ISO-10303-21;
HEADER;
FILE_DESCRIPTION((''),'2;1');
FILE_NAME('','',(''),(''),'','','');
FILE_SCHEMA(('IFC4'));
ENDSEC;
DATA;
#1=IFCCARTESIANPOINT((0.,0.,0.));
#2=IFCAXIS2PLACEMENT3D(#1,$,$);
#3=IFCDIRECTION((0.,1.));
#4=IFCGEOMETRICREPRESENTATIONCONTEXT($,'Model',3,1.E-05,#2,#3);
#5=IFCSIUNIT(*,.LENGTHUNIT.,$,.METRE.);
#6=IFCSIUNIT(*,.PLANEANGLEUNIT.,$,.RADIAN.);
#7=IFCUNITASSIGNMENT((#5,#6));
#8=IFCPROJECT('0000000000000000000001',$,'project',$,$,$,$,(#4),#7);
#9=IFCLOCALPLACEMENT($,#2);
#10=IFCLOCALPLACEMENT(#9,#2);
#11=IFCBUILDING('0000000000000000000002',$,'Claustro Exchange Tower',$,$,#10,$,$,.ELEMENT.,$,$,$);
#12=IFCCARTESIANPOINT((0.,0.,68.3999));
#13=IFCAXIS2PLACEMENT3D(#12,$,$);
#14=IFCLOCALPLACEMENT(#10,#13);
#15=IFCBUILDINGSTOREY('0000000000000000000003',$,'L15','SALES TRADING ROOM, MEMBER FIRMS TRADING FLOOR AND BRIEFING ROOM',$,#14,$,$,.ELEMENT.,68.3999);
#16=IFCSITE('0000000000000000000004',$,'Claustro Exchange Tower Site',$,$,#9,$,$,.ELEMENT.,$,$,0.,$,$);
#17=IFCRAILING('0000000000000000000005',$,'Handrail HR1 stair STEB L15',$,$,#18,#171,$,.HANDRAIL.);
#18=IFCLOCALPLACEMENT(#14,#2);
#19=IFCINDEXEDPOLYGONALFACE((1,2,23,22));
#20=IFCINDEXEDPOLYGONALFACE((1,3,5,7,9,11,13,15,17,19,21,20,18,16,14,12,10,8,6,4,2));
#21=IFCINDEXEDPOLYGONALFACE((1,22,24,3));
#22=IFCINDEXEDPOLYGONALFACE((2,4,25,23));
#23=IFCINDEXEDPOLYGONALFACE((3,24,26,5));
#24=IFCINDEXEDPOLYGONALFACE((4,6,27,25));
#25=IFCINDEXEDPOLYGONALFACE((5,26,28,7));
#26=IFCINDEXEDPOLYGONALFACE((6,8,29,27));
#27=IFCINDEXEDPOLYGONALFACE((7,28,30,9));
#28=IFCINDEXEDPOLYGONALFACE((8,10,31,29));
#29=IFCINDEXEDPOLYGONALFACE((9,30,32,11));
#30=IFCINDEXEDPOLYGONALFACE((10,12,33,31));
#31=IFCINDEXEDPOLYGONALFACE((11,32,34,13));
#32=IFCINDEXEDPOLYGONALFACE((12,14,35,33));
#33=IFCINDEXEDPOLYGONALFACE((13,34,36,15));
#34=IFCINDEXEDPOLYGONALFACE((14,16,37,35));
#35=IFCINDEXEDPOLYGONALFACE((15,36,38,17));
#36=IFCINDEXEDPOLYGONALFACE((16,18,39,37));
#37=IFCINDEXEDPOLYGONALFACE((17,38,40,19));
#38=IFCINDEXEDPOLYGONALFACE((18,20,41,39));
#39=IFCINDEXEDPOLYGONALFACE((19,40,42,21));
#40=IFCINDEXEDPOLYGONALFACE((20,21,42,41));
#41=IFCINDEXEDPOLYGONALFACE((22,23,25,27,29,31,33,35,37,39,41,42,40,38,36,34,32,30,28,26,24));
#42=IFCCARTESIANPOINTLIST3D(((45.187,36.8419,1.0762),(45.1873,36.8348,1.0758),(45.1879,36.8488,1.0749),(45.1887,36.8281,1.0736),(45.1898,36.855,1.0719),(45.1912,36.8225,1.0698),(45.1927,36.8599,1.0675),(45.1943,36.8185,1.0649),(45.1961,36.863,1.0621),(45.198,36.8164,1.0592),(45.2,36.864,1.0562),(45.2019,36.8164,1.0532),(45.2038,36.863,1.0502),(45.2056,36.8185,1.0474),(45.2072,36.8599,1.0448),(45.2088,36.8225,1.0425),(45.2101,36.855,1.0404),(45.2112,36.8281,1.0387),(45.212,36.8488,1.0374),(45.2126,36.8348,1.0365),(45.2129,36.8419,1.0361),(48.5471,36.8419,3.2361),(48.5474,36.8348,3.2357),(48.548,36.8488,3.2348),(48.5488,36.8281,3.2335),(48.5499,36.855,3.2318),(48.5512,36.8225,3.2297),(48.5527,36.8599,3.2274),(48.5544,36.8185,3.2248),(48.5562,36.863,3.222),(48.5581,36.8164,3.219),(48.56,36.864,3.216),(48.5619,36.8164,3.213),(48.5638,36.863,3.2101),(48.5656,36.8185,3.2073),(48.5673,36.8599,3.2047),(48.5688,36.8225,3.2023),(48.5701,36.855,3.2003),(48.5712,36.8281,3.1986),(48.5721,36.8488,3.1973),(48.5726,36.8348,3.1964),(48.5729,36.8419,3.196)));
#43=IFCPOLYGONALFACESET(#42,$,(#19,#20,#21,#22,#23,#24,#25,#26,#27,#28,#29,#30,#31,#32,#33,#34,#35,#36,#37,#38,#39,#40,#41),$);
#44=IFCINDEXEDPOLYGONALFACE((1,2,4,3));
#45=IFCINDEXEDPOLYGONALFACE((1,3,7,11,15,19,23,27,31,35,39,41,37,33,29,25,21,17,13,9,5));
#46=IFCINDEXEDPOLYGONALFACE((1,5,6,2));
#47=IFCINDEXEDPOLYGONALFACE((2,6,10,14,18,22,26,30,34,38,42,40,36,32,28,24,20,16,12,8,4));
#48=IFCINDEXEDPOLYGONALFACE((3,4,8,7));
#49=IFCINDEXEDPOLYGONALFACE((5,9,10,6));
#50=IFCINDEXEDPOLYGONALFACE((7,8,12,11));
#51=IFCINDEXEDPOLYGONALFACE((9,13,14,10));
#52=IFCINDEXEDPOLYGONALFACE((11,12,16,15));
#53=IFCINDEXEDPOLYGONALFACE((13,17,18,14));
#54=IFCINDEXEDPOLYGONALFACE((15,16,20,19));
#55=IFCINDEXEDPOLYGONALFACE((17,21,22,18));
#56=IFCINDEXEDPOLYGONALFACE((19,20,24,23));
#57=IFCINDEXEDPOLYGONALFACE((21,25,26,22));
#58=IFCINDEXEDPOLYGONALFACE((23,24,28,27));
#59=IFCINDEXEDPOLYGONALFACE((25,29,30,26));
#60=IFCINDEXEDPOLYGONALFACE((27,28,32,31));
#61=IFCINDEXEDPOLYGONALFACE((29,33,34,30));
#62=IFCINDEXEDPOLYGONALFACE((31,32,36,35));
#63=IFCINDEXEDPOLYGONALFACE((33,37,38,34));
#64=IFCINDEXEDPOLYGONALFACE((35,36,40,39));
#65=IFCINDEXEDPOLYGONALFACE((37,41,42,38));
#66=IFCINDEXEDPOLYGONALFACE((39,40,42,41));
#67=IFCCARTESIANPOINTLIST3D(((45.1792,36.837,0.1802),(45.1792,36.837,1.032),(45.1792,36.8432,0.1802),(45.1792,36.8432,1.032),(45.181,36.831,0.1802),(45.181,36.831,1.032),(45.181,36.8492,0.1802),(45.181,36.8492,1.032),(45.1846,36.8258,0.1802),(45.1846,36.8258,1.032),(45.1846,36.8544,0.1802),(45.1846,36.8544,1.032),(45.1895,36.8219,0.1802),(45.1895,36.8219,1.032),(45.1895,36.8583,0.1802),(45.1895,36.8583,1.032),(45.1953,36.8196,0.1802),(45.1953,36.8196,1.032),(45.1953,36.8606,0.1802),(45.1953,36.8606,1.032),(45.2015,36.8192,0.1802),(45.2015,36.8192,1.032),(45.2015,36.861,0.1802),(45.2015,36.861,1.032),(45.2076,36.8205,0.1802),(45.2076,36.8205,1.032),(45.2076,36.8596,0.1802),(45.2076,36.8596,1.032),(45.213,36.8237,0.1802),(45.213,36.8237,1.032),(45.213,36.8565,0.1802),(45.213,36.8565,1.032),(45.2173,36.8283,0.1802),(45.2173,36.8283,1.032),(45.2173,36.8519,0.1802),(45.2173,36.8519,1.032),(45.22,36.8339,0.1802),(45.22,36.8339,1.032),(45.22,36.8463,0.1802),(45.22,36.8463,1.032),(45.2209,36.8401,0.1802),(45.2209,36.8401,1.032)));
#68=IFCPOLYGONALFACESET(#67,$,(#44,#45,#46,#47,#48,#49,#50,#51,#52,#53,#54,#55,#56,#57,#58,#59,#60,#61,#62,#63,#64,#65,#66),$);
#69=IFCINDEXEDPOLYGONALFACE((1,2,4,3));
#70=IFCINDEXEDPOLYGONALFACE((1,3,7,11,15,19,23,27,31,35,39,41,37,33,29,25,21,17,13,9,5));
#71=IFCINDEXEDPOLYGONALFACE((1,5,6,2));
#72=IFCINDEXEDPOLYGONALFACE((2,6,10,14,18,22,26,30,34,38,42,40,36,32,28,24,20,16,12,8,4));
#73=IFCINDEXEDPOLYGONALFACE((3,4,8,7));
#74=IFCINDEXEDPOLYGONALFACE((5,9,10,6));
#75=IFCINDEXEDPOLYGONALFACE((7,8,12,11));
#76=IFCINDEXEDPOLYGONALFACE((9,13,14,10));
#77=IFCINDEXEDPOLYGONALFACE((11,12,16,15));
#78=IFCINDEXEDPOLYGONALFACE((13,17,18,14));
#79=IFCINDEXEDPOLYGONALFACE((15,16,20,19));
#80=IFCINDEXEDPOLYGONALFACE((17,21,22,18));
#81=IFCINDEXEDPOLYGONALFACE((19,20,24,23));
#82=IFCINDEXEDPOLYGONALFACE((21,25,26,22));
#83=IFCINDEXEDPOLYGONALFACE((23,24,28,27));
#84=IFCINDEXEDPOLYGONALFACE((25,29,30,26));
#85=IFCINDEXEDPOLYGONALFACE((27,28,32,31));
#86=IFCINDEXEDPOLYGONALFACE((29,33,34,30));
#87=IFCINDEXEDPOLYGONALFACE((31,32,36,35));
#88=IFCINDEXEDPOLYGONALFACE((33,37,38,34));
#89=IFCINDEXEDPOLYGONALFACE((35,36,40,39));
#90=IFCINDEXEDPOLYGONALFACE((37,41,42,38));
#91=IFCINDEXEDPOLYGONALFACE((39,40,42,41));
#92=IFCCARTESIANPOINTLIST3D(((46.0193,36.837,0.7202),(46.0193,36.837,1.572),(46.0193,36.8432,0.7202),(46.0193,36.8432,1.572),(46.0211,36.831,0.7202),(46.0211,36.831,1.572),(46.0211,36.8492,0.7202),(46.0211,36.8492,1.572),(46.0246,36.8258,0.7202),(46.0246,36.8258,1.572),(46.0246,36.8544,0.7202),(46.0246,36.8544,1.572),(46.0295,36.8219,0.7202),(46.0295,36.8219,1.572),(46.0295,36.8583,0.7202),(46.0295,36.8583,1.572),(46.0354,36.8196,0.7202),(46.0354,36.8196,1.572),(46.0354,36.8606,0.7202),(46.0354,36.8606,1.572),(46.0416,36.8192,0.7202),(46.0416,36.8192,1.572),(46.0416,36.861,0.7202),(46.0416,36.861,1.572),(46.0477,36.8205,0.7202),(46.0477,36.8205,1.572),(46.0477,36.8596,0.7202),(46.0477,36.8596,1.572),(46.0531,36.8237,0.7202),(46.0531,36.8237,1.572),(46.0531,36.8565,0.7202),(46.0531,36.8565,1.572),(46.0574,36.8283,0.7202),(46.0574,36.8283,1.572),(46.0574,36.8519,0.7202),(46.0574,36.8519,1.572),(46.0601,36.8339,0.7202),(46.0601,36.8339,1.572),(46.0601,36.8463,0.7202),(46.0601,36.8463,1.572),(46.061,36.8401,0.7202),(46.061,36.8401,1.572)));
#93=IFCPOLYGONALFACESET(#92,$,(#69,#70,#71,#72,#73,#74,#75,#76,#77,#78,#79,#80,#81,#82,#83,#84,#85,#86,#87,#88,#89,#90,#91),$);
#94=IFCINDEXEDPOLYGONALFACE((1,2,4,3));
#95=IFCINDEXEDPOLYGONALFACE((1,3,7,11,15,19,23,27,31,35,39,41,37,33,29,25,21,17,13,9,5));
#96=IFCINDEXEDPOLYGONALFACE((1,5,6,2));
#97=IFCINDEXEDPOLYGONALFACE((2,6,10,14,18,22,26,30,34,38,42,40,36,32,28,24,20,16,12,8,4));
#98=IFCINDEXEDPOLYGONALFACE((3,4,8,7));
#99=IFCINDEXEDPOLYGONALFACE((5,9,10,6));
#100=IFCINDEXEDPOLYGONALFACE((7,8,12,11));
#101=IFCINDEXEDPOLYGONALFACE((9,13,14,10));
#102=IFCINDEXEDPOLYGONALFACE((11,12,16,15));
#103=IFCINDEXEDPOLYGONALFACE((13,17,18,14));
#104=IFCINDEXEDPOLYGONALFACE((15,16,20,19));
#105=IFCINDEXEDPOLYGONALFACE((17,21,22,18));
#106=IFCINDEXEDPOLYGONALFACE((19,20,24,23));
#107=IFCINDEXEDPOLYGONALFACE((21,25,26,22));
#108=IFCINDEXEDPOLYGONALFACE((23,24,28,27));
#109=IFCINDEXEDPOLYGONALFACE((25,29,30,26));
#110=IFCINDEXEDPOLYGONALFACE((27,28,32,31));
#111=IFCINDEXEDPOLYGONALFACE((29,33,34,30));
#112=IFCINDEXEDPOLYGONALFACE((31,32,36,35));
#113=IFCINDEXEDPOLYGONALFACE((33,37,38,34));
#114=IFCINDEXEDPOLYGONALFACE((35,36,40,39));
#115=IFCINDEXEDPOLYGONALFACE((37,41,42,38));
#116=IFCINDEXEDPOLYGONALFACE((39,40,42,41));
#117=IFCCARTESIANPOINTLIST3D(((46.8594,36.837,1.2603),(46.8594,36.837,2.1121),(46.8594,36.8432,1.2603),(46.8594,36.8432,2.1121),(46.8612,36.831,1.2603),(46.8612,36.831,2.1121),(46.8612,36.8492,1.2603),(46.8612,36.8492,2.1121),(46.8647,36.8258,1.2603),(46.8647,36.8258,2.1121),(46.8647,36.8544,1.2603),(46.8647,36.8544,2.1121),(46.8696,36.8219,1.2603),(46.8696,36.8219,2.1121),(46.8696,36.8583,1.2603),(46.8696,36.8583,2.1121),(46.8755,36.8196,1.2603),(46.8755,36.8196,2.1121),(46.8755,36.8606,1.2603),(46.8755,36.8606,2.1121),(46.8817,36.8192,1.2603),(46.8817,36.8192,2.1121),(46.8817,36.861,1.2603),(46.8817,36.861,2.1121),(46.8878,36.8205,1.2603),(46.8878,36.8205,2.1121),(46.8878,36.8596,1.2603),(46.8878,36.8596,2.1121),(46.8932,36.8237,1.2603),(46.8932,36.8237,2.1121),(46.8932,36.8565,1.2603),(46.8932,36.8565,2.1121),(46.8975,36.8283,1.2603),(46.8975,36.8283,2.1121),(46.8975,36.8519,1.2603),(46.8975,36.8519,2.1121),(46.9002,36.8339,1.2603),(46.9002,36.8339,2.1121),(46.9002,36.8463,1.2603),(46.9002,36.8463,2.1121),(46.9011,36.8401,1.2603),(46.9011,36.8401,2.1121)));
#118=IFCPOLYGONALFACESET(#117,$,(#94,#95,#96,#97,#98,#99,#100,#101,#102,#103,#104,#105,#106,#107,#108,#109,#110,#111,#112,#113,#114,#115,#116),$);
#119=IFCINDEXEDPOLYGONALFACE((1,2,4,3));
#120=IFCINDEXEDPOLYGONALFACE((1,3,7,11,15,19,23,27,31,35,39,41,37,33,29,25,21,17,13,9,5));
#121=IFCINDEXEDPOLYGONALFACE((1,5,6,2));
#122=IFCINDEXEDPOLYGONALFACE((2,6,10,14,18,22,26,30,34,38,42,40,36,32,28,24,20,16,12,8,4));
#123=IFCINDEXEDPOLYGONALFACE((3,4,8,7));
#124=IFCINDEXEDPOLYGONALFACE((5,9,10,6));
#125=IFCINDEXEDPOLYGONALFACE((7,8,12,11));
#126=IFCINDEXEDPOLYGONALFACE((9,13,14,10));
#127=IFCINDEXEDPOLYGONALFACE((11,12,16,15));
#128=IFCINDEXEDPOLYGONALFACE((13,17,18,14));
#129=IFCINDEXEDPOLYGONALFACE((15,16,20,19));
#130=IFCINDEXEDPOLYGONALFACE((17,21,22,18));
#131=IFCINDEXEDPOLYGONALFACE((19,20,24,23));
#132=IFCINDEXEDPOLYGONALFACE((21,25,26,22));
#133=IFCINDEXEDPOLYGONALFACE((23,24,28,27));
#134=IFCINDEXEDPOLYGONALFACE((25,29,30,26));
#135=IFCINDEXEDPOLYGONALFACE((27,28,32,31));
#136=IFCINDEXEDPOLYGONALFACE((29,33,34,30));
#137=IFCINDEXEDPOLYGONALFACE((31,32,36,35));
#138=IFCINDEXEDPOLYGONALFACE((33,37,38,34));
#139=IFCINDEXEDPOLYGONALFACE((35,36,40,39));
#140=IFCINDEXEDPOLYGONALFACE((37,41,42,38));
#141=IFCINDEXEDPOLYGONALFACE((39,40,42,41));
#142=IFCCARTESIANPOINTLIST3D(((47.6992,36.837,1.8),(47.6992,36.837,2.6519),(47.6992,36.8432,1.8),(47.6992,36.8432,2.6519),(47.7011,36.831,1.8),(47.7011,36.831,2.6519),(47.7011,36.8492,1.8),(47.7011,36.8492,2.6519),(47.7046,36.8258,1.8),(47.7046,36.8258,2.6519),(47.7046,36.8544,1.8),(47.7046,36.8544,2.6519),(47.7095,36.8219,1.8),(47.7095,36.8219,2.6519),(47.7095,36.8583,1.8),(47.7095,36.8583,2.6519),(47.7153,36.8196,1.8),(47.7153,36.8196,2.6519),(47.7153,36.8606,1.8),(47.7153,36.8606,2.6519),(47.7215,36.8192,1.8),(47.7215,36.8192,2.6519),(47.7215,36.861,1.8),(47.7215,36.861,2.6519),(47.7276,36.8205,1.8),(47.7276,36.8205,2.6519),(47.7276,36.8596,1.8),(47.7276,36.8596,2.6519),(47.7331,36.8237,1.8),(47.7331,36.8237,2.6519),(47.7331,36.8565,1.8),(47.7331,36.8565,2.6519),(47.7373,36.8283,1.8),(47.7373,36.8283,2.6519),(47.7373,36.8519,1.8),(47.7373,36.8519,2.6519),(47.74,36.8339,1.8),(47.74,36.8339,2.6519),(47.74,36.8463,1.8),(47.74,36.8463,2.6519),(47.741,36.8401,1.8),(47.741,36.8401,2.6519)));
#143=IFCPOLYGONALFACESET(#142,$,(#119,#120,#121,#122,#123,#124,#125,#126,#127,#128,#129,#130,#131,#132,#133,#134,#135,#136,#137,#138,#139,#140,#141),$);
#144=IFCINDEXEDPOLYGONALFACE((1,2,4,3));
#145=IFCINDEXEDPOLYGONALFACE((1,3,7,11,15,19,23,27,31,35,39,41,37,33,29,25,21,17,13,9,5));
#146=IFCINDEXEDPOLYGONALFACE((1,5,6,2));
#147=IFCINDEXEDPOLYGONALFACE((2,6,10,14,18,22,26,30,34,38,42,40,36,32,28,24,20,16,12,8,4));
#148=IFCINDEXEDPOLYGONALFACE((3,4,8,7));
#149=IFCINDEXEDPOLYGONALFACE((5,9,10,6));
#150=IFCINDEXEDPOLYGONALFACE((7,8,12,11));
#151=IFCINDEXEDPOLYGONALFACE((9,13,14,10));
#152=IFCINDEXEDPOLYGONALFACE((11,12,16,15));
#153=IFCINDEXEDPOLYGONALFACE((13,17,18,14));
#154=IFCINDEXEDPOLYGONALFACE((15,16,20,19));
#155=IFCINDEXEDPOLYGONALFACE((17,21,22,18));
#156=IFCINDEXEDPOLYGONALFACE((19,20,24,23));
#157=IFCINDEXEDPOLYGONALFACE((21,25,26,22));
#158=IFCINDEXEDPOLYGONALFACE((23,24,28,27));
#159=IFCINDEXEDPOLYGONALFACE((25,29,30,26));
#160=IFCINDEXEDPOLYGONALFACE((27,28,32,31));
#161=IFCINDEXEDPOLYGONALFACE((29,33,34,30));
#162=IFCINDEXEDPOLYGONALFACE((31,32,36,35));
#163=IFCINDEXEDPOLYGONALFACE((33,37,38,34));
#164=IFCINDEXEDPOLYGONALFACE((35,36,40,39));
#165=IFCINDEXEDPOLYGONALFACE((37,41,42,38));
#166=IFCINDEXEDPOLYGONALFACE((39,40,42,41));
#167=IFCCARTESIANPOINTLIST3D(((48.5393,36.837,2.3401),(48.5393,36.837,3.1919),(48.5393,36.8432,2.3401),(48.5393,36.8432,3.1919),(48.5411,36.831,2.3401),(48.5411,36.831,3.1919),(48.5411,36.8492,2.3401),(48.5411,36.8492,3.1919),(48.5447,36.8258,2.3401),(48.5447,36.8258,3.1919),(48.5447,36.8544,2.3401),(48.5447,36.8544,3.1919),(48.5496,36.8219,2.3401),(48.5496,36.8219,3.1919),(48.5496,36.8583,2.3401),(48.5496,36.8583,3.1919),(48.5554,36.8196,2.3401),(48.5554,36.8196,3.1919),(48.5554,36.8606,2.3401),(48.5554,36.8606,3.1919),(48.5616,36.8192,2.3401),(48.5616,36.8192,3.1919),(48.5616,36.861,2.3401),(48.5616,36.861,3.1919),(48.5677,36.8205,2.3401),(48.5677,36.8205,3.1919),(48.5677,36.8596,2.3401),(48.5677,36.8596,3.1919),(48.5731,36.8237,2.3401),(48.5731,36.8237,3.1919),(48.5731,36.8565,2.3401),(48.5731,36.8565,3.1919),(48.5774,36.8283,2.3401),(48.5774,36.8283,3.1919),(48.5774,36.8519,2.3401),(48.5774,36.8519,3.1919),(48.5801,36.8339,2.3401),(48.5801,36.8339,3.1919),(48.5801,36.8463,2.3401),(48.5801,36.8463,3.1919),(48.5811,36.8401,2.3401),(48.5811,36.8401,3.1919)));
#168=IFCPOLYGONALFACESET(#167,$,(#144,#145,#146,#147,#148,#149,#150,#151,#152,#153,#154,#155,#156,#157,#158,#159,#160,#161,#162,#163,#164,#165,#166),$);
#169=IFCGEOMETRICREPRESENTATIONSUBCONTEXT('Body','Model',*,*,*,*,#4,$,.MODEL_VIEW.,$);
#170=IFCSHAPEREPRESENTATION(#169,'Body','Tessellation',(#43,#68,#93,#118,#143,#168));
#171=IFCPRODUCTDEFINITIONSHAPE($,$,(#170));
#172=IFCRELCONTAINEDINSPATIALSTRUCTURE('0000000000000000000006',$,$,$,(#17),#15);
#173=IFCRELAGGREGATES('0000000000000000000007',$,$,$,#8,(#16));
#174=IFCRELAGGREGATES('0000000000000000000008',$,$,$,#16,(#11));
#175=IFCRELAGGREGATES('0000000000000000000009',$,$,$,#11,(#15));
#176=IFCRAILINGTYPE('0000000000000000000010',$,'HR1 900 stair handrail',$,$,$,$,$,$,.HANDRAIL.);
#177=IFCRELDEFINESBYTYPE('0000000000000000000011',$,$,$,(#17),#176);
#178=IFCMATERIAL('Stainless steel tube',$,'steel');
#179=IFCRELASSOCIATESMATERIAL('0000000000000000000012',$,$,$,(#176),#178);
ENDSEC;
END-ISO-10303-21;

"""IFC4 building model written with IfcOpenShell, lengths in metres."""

from ifc_helpers import new_model, si_unit, direction, frame, origin, origin_2d, place, context, subcontext, project, spatial, circle, extrude, material, type_object, element, save


model = new_model("IFC4")

# Units and contexts
model_context = context("Model", 3, precision=1e-05, world=origin(), true_north=direction((0.0, 1.0)))
body_context = subcontext(model_context, "Body", "Model", "MODEL_VIEW")
ifc_project = project(units=[si_unit("LENGTHUNIT", "METRE"), si_unit("PLANEANGLEUNIT", "RADIAN")], contexts=[model_context])

# Site, building, storey
site_placement = place(None, origin())
site = spatial("IfcSite", under=ifc_project, at=site_placement, Name="Claustro Exchange Tower Site", CompositionType="ELEMENT", RefElevation=0.0)
building_placement = place(site_placement, origin())
building = spatial("IfcBuilding", under=site, at=building_placement, Name="Claustro Exchange Tower", CompositionType="ELEMENT")
storey_placement = place(building_placement, frame((0.0, 0.0, 68.3999)))
storey = spatial("IfcBuildingStorey", under=building, at=storey_placement, Name="L15", Description="SALES TRADING ROOM, MEMBER FIRMS TRADING FLOOR AND BRIEFING ROOM", CompositionType="ELEMENT", Elevation=68.3999)

# Railing
ifc_material_1 = material(Name="Stainless steel tube", Category="steel")
railing_type_1 = type_object("IfcRailingType", Name="HR1 900 stair handrail", PredefinedType="HANDRAIL", material=ifc_material_1)
railing_1_placement = place(storey_placement, frame((45.2, 36.8401, 0.1802)))
element("IfcRailing", 1, at=railing_1_placement, inside=storey, type_object=railing_type_1, Name="Handrail HR1 stair STEB L15", PredefinedType="HANDRAIL", context=body_context, shape_type="SweptSolid", body=[
    extrude(circle(Radius=0.0239, at=origin_2d()), frame((0.0, 0.0, 0.876), z_axis=(0.841196, 0.0, 0.54073), x_axis=(0.0, 1.0, 0.0)), (0.0, 0.0, 1.0), 3.9944),
    extrude(circle(Radius=0.021, at=origin_2d()), origin(), (0.0, 0.0, 1.0), 0.8518),
    extrude(circle(Radius=0.021, at=origin_2d()), frame((0.8401, 0.0, 0.54)), (0.0, 0.0, 1.0), 0.8518),
    extrude(circle(Radius=0.021, at=origin_2d()), frame((1.6802, 0.0, 1.0801)), (0.0, 0.0, 1.0), 0.8518),
    extrude(circle(Radius=0.021, at=origin_2d()), frame((2.52, 0.0, 1.6199)), (0.0, 0.0, 1.0), 0.8518),
    extrude(circle(Radius=0.021, at=origin_2d()), frame((3.3601, 0.0, 2.1599)), (0.0, 0.0, 1.0), 0.8518),
])

save(model, "model.ifc")
